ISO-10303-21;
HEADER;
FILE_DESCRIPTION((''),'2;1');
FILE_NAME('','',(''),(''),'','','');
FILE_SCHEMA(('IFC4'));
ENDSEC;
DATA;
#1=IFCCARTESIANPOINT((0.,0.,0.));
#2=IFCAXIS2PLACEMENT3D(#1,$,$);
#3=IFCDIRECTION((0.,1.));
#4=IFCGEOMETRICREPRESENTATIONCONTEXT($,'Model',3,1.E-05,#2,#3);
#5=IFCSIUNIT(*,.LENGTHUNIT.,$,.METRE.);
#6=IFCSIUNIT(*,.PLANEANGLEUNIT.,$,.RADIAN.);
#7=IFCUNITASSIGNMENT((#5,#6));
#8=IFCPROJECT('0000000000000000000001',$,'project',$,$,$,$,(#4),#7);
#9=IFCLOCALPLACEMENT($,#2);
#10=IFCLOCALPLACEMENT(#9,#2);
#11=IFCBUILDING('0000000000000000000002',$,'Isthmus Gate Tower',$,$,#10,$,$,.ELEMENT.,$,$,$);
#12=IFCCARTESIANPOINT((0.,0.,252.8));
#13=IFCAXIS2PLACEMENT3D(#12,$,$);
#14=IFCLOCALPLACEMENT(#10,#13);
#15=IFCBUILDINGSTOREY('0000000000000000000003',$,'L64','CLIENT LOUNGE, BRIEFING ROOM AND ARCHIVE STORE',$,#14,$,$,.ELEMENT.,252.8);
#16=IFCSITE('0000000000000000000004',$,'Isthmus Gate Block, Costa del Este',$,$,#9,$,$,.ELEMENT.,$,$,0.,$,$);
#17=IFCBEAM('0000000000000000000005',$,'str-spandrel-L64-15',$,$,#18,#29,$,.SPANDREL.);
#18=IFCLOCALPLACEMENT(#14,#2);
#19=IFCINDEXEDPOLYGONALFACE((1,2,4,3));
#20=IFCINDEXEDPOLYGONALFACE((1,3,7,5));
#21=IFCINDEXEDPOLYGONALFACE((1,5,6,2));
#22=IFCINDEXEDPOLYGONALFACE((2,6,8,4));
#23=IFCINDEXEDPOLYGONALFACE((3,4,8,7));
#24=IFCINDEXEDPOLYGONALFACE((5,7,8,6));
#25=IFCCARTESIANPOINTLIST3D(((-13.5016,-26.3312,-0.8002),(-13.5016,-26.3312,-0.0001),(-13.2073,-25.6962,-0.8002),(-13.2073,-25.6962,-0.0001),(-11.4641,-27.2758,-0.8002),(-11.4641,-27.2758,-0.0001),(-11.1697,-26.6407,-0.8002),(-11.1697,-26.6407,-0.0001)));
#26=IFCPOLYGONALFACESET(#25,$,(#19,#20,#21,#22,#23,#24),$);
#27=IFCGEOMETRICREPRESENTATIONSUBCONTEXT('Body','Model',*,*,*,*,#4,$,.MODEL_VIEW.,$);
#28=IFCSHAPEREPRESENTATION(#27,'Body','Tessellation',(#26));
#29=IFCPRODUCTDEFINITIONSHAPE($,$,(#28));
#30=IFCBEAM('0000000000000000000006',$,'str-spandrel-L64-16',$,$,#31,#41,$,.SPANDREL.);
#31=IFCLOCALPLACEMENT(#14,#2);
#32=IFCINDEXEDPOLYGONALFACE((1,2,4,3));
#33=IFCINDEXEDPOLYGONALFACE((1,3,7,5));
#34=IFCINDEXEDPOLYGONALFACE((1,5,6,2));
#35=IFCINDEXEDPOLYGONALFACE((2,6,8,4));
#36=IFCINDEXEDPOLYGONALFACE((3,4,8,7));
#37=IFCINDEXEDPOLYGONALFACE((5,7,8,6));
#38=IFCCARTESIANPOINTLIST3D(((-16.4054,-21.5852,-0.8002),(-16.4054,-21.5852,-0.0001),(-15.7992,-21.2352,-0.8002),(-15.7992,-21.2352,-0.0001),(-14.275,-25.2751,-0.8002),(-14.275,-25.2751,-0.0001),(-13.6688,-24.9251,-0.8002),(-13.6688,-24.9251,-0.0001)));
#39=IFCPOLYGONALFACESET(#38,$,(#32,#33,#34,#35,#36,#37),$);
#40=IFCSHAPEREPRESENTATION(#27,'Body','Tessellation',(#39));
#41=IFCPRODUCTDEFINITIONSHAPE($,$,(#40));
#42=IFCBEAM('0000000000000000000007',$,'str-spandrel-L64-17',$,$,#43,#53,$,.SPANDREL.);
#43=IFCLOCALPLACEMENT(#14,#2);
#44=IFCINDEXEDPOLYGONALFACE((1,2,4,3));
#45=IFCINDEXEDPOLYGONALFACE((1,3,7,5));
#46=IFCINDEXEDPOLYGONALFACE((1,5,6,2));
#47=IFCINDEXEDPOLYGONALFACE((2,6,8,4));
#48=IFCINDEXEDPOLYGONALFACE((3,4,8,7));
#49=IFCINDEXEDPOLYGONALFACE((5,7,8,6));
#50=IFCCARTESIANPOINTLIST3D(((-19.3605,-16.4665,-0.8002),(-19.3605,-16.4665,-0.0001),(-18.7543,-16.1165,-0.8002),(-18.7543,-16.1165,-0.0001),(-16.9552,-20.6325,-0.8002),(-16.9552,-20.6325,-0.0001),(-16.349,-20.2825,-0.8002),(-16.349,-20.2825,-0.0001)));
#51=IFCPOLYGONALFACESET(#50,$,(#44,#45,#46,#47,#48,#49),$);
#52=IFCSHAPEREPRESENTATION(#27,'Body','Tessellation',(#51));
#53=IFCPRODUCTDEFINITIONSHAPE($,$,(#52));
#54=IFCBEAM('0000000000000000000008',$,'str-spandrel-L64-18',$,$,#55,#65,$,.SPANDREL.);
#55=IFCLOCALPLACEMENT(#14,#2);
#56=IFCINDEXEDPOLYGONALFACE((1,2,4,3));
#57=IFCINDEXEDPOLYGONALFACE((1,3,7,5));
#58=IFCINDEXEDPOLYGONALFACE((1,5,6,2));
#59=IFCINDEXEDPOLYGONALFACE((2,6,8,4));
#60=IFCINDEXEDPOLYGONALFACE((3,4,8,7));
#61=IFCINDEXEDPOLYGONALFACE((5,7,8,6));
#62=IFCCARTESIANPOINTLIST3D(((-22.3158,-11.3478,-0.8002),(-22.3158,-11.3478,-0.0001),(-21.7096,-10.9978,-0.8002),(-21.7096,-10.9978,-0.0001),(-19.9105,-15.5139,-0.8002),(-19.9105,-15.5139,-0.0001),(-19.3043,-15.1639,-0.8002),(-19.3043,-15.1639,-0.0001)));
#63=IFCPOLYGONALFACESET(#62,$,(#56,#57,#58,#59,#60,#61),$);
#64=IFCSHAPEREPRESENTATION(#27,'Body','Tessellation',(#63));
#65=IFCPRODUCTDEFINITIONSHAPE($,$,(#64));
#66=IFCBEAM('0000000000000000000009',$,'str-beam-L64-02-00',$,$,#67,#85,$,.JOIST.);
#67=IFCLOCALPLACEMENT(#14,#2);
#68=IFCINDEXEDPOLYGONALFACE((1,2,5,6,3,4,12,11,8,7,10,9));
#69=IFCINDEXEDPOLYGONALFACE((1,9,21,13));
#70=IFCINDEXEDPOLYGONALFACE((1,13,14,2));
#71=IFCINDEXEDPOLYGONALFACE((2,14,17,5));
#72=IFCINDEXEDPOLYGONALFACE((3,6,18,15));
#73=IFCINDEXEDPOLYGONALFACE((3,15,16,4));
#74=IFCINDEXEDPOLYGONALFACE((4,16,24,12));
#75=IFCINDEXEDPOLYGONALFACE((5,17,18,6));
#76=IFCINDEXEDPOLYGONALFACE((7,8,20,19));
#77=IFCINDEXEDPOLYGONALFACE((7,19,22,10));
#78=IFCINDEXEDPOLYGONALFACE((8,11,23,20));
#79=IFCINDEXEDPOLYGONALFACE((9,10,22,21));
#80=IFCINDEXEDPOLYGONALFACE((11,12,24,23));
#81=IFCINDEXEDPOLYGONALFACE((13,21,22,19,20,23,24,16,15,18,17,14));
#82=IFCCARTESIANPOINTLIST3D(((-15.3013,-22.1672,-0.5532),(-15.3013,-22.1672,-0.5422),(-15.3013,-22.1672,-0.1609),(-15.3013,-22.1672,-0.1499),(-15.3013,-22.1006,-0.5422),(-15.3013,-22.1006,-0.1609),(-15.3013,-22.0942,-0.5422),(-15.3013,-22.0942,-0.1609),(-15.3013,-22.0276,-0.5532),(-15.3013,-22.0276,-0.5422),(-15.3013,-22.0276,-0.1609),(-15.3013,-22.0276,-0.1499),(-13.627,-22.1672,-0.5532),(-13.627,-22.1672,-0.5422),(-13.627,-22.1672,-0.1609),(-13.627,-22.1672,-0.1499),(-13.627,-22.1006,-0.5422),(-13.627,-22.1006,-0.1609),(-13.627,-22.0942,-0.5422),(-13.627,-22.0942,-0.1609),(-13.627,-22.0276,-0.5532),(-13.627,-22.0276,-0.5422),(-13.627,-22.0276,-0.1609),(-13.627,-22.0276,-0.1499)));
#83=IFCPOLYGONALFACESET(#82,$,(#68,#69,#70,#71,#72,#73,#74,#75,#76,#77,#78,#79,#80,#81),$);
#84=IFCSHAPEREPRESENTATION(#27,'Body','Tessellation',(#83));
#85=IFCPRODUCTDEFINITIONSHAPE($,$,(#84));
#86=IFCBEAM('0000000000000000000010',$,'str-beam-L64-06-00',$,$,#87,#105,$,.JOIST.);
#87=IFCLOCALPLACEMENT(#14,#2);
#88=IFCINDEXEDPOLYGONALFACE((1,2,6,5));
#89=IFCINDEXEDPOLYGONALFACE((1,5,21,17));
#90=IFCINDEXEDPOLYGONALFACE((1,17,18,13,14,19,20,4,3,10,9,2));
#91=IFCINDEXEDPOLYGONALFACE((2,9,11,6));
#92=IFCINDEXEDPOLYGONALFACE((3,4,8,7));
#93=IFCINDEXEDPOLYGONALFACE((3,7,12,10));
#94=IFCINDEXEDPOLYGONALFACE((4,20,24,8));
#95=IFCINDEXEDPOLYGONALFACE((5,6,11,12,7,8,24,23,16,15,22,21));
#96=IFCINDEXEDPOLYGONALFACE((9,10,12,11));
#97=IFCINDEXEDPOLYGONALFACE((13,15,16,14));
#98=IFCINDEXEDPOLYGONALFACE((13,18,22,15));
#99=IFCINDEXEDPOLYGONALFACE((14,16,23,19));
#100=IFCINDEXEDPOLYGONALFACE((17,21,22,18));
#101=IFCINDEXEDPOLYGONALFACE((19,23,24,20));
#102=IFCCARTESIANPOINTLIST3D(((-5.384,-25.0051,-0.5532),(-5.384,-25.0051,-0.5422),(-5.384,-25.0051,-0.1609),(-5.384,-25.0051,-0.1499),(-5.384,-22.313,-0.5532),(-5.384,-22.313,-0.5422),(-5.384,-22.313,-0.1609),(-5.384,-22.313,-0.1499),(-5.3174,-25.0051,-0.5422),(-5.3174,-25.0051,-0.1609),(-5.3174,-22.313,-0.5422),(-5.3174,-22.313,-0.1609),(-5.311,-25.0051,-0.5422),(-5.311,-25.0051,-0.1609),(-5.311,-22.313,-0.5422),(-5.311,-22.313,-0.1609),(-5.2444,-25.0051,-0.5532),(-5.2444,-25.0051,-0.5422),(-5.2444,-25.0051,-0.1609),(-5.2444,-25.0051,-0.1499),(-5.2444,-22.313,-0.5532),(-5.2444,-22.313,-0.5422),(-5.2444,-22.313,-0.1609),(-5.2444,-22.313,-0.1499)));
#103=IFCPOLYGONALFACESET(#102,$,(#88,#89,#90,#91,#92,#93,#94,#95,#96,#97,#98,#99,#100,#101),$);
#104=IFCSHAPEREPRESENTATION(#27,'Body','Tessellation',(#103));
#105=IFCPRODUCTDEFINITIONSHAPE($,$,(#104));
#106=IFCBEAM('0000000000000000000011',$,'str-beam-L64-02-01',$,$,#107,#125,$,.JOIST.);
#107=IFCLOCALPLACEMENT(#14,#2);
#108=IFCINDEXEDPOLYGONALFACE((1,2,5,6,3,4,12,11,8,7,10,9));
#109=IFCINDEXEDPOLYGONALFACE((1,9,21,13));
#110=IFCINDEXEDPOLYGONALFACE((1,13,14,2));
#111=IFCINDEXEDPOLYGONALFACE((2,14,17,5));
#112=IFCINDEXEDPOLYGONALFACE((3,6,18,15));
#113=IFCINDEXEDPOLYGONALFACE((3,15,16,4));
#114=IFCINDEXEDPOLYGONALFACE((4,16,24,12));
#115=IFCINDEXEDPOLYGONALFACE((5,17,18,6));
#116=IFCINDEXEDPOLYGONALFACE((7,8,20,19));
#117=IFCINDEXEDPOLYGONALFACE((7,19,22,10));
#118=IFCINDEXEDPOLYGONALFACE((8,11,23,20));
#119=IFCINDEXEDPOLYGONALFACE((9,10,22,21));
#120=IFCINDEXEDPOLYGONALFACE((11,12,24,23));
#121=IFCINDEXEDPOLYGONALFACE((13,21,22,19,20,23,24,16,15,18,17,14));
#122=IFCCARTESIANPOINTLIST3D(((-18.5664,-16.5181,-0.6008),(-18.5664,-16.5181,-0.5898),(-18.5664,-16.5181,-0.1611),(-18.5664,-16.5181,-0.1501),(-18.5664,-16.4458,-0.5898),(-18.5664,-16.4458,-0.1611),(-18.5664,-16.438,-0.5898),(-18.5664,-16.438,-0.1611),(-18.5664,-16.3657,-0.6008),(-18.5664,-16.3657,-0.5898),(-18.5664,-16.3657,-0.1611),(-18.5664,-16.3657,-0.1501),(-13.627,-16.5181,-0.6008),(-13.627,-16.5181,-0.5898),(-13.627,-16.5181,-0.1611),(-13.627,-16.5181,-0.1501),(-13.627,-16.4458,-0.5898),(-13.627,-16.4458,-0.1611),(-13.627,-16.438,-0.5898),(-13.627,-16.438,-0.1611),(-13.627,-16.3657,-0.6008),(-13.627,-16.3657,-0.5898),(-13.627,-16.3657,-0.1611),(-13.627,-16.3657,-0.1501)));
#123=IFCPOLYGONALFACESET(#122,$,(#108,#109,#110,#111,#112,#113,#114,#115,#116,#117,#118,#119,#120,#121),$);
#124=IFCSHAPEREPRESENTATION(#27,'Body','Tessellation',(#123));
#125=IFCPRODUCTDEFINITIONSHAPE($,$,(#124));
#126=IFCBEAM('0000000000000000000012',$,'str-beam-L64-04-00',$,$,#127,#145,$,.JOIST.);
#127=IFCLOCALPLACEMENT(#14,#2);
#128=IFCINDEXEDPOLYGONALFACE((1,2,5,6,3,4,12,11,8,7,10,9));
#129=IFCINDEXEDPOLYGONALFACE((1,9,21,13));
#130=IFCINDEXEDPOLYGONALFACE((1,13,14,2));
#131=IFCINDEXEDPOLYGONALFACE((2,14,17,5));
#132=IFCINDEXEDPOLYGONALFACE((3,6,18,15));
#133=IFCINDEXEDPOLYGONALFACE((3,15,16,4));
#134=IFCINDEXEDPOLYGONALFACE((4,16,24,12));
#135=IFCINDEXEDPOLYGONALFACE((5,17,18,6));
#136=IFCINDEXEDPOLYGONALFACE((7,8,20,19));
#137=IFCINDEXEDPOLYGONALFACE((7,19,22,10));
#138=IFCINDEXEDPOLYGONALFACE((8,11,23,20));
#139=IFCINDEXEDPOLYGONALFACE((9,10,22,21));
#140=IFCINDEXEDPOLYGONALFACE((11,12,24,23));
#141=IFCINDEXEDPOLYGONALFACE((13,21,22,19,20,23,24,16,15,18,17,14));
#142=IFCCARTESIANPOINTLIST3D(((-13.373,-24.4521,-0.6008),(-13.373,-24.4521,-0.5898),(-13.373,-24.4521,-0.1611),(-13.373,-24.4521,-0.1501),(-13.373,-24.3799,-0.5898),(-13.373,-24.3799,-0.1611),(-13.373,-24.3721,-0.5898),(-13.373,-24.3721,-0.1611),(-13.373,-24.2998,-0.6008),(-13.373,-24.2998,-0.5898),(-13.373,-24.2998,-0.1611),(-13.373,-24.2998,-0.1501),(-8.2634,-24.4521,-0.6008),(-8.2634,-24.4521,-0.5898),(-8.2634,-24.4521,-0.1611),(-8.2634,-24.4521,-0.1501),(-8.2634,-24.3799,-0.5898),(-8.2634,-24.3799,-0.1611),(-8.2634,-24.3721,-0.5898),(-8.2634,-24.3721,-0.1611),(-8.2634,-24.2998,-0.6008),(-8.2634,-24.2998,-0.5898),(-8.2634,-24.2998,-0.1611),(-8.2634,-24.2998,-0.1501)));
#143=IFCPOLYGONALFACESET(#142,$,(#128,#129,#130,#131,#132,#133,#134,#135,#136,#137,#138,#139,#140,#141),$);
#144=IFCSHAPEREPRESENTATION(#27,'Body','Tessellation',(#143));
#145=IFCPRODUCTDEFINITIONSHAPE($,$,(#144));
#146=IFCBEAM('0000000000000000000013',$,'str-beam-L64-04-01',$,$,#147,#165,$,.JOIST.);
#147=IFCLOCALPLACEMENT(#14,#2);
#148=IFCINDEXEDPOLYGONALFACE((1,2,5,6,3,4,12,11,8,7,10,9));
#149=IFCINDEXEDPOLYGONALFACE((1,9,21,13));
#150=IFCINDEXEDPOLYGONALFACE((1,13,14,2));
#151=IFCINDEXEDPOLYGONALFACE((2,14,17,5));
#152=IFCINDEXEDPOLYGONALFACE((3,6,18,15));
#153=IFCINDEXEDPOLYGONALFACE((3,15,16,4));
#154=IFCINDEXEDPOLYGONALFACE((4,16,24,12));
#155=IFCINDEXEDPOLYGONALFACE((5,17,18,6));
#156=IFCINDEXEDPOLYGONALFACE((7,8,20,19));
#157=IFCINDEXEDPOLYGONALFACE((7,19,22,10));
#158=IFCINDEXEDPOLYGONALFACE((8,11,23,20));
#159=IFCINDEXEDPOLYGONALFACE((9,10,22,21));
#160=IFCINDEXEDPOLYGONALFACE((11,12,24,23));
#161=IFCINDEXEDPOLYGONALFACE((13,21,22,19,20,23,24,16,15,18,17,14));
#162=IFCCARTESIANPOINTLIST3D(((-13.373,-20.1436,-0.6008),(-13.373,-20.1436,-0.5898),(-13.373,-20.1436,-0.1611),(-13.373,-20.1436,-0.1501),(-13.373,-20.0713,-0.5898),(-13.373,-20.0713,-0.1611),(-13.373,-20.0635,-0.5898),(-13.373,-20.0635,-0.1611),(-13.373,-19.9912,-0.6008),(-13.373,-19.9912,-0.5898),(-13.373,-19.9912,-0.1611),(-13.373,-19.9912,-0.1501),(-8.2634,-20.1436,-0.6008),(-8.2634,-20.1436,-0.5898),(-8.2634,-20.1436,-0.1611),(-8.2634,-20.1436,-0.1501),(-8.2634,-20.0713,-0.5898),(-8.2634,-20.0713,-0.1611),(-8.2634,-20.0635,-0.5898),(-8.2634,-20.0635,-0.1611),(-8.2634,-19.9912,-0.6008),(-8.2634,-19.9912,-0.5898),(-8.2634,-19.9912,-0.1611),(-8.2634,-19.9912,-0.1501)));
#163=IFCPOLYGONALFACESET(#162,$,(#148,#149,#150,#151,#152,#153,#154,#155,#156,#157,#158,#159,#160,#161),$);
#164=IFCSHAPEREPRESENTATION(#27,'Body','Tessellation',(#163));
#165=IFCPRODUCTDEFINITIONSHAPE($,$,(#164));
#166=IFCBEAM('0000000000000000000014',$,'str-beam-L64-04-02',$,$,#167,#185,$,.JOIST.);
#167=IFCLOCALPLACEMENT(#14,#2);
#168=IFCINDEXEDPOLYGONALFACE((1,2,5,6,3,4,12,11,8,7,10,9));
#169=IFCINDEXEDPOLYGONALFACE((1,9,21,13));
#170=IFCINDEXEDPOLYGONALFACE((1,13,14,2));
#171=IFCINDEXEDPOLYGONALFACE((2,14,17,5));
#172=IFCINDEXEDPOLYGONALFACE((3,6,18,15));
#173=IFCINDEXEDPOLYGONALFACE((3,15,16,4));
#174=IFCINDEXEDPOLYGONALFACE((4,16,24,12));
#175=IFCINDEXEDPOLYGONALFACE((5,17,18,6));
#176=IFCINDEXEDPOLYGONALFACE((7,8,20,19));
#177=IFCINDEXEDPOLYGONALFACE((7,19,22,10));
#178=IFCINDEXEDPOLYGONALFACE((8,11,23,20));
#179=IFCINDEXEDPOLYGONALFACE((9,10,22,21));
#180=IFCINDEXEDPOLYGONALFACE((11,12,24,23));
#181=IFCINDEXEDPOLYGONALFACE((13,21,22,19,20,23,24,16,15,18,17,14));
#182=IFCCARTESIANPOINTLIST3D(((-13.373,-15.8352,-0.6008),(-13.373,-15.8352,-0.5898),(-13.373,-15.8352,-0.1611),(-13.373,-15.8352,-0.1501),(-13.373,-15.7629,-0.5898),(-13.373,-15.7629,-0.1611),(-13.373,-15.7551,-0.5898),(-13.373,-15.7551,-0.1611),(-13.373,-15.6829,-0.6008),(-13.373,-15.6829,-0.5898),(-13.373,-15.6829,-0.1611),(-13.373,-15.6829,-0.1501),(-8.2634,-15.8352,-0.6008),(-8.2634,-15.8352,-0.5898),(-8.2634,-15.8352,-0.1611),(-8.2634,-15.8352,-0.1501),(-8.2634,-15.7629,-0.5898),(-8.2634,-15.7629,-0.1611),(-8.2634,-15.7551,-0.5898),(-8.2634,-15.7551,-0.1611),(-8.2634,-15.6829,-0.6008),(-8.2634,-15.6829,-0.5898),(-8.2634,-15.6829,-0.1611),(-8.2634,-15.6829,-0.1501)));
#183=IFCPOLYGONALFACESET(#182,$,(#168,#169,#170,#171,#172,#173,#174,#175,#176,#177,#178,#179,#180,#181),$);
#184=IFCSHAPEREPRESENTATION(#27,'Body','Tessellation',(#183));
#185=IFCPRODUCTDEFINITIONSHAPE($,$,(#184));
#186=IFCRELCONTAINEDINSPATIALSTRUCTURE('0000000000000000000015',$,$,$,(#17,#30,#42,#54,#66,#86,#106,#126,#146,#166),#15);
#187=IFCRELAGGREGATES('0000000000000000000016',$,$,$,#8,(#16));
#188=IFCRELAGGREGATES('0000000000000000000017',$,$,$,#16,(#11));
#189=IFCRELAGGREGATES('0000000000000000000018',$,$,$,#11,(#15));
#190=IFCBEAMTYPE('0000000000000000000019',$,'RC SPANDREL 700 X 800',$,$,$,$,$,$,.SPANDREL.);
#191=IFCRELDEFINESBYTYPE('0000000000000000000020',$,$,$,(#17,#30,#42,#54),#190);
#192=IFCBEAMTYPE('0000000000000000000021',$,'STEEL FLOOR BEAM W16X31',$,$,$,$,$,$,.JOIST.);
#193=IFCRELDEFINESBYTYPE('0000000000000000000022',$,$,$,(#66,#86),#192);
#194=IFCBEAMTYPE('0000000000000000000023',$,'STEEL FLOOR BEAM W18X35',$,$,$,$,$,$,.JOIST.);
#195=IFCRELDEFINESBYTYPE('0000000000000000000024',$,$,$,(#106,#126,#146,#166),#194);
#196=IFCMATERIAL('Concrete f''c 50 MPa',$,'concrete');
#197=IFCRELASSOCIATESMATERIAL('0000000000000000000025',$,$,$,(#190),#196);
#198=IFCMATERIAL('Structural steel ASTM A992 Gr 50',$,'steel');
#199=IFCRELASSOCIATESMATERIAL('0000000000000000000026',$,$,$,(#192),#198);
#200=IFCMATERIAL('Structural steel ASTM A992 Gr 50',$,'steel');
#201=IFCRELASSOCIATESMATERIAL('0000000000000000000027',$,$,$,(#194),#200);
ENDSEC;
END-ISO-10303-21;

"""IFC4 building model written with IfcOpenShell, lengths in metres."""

from ifc_helpers import new_model, si_unit, direction, frame, origin, origin_2d, place, context, subcontext, project, spatial, rectangle, i_section, extrude, material, material_profile, profile_set, type_object, element, save


model = new_model("IFC4")

# Units and contexts
model_context = context("Model", 3, precision=1e-05, world=origin(), true_north=direction((0.0, 1.0)))
body_context = subcontext(model_context, "Body", "Model", "MODEL_VIEW")
ifc_project = project(units=[si_unit("LENGTHUNIT", "METRE"), si_unit("PLANEANGLEUNIT", "RADIAN")], contexts=[model_context])

# Site, building, storey
site_placement = place(None, origin())
site = spatial("IfcSite", under=ifc_project, at=site_placement, Name="Isthmus Gate Block, Costa del Este", CompositionType="ELEMENT", RefElevation=0.0)
building_placement = place(site_placement, origin())
building = spatial("IfcBuilding", under=site, at=building_placement, Name="Isthmus Gate Tower", CompositionType="ELEMENT")
storey_placement = place(building_placement, frame((0.0, 0.0, 252.8)))
storey = spatial("IfcBuildingStorey", under=building, at=storey_placement, Name="L64", Description="CLIENT LOUNGE, BRIEFING ROOM AND ARCHIVE STORE", CompositionType="ELEMENT", Elevation=252.8)

# Beams
ifc_material_1 = material(Name="Concrete f'c 50 MPa", Category="concrete")
ifc_material_profile_1 = material_profile(ifc_material_1, rectangle(XDim=0.7, YDim=0.8, at=origin_2d()), Name="RC 700X800")
ifc_profile_set_1 = profile_set([ifc_material_profile_1], Name="Concrete f'c 50 MPa")
beam_type_1 = type_object("IfcBeamType", Name="RC SPANDREL 700 X 800", PredefinedType="SPANDREL", material=ifc_profile_set_1)
beam_1_placement = place(storey_placement, frame((-11.3169, -26.9583, -0.4001), z_axis=(-0.907255, 0.420581, 0.0), x_axis=(-0.420581, -0.907255, 0.0)))
element("IfcBeam", 1, at=beam_1_placement, inside=storey, type_object=beam_type_1, Name="str-spandrel-L64-15", PredefinedType="SPANDREL", context=body_context, shape_type="SweptSolid", body=[
    extrude(rectangle(XDim=0.7, YDim=0.8, at=origin_2d()), origin(), (0.0, 0.0, 1.0), 2.2458),
])
beam_2_placement = place(storey_placement, frame((-13.9719, -25.1001, -0.4001), z_axis=(-0.499997, 0.866027, 0.0), x_axis=(-0.866027, -0.499997, 0.0)))
element("IfcBeam", 2, at=beam_2_placement, inside=storey, type_object=beam_type_1, Name="str-spandrel-L64-16", PredefinedType="SPANDREL", context=body_context, shape_type="SweptSolid", body=[
    extrude(rectangle(XDim=0.7, YDim=0.8, at=origin_2d()), origin(), (0.0, 0.0, 1.0), 4.2607),
])
for number, where, z_axis, x_axis, name in (
    (3, (-16.6521, -20.4575, -0.4001), (-0.500004, 0.866023, 0.0), (-0.866023, -0.500004, 0.0), "str-spandrel-L64-17"),
    (4, (-19.6074, -15.3389, -0.4001), (-0.500004, 0.866023, 0.0), (-0.866023, -0.500004, 0.0), "str-spandrel-L64-18"),
):
    element("IfcBeam", number, at=place(storey_placement, frame(where, z_axis=z_axis, x_axis=x_axis)), inside=storey, type_object=beam_type_1, Name=name, PredefinedType="SPANDREL", context=body_context, shape_type="SweptSolid", body=[
        extrude(rectangle(XDim=0.7, YDim=0.8, at=origin_2d()), origin(), (0.0, 0.0, 1.0), 4.8105),
    ])
ifc_material_2 = material(Name="Structural steel ASTM A992 Gr 50", Category="steel")
ifc_material_profile_2 = material_profile(ifc_material_2, i_section(OverallWidth=0.1396, OverallDepth=0.4033, WebThickness=0.0063, FlangeThickness=0.011, at=origin_2d()), Name="W16X31")
ifc_profile_set_2 = profile_set([ifc_material_profile_2], Name="Structural steel ASTM A992 Gr 50")
beam_type_2 = type_object("IfcBeamType", Name="STEEL FLOOR BEAM W16X31", PredefinedType="JOIST", material=ifc_profile_set_2)
beam_3_placement = place(storey_placement, frame((-15.3013, -22.0974, -0.3516), z_axis=(1.0, 0.0, 0.0), x_axis=(0.0, 1.0, 0.0)))
element("IfcBeam", 5, at=beam_3_placement, inside=storey, type_object=beam_type_2, Name="str-beam-L64-02-00", PredefinedType="JOIST", context=body_context, shape_type="SweptSolid", body=[
    extrude(i_section(OverallWidth=0.1396, OverallDepth=0.4033, WebThickness=0.0063, FlangeThickness=0.011, at=origin_2d()), origin(), (0.0, 0.0, 1.0), 1.6743),
])
beam_4_placement = place(storey_placement, frame((-5.3142, -25.0051, -0.3516), z_axis=(0.0, 1.0, 0.0), x_axis=(-1.0, 0.0, 0.0)))
element("IfcBeam", 6, at=beam_4_placement, inside=storey, type_object=beam_type_2, Name="str-beam-L64-06-00", PredefinedType="JOIST", context=body_context, shape_type="SweptSolid", body=[
    extrude(i_section(OverallWidth=0.1396, OverallDepth=0.4033, WebThickness=0.0063, FlangeThickness=0.011, at=origin_2d()), origin(), (0.0, 0.0, 1.0), 2.6921),
])
ifc_material_3 = material(Name="Structural steel ASTM A992 Gr 50", Category="steel")
ifc_material_profile_3 = material_profile(ifc_material_3, i_section(OverallWidth=0.1523, OverallDepth=0.4507, WebThickness=0.0078, FlangeThickness=0.011, at=origin_2d()), Name="W18X35")
ifc_profile_set_3 = profile_set([ifc_material_profile_3], Name="Structural steel ASTM A992 Gr 50")
beam_type_3 = type_object("IfcBeamType", Name="STEEL FLOOR BEAM W18X35", PredefinedType="JOIST", material=ifc_profile_set_3)
beam_5_placement = place(storey_placement, frame((-18.5664, -16.4419, -0.3755), z_axis=(1.0, 0.0, 0.0), x_axis=(0.0, 1.0, 0.0)))
element("IfcBeam", 7, at=beam_5_placement, inside=storey, type_object=beam_type_3, Name="str-beam-L64-02-01", PredefinedType="JOIST", context=body_context, shape_type="SweptSolid", body=[
    extrude(i_section(OverallWidth=0.1523, OverallDepth=0.4507, WebThickness=0.0078, FlangeThickness=0.011, at=origin_2d()), origin(), (0.0, 0.0, 1.0), 4.9395),
])
for number, where, z_axis, x_axis, name in (
    (8, (-13.373, -24.376, -0.3755), (1.0, 0.0, 0.0), (0.0, 1.0, 0.0), "str-beam-L64-04-00"),
    (9, (-13.373, -20.0674, -0.3755), (1.0, 0.0, 0.0), (0.0, 1.0, 0.0), "str-beam-L64-04-01"),
    (10, (-13.373, -15.759, -0.3755), (1.0, 0.0, 0.0), (0.0, 1.0, 0.0), "str-beam-L64-04-02"),
):
    element("IfcBeam", number, at=place(storey_placement, frame(where, z_axis=z_axis, x_axis=x_axis)), inside=storey, type_object=beam_type_3, Name=name, PredefinedType="JOIST", context=body_context, shape_type="SweptSolid", body=[
        extrude(i_section(OverallWidth=0.1523, OverallDepth=0.4507, WebThickness=0.0078, FlangeThickness=0.011, at=origin_2d()), origin(), (0.0, 0.0, 1.0), 5.1096),
    ])

save(model, "model.ifc")
